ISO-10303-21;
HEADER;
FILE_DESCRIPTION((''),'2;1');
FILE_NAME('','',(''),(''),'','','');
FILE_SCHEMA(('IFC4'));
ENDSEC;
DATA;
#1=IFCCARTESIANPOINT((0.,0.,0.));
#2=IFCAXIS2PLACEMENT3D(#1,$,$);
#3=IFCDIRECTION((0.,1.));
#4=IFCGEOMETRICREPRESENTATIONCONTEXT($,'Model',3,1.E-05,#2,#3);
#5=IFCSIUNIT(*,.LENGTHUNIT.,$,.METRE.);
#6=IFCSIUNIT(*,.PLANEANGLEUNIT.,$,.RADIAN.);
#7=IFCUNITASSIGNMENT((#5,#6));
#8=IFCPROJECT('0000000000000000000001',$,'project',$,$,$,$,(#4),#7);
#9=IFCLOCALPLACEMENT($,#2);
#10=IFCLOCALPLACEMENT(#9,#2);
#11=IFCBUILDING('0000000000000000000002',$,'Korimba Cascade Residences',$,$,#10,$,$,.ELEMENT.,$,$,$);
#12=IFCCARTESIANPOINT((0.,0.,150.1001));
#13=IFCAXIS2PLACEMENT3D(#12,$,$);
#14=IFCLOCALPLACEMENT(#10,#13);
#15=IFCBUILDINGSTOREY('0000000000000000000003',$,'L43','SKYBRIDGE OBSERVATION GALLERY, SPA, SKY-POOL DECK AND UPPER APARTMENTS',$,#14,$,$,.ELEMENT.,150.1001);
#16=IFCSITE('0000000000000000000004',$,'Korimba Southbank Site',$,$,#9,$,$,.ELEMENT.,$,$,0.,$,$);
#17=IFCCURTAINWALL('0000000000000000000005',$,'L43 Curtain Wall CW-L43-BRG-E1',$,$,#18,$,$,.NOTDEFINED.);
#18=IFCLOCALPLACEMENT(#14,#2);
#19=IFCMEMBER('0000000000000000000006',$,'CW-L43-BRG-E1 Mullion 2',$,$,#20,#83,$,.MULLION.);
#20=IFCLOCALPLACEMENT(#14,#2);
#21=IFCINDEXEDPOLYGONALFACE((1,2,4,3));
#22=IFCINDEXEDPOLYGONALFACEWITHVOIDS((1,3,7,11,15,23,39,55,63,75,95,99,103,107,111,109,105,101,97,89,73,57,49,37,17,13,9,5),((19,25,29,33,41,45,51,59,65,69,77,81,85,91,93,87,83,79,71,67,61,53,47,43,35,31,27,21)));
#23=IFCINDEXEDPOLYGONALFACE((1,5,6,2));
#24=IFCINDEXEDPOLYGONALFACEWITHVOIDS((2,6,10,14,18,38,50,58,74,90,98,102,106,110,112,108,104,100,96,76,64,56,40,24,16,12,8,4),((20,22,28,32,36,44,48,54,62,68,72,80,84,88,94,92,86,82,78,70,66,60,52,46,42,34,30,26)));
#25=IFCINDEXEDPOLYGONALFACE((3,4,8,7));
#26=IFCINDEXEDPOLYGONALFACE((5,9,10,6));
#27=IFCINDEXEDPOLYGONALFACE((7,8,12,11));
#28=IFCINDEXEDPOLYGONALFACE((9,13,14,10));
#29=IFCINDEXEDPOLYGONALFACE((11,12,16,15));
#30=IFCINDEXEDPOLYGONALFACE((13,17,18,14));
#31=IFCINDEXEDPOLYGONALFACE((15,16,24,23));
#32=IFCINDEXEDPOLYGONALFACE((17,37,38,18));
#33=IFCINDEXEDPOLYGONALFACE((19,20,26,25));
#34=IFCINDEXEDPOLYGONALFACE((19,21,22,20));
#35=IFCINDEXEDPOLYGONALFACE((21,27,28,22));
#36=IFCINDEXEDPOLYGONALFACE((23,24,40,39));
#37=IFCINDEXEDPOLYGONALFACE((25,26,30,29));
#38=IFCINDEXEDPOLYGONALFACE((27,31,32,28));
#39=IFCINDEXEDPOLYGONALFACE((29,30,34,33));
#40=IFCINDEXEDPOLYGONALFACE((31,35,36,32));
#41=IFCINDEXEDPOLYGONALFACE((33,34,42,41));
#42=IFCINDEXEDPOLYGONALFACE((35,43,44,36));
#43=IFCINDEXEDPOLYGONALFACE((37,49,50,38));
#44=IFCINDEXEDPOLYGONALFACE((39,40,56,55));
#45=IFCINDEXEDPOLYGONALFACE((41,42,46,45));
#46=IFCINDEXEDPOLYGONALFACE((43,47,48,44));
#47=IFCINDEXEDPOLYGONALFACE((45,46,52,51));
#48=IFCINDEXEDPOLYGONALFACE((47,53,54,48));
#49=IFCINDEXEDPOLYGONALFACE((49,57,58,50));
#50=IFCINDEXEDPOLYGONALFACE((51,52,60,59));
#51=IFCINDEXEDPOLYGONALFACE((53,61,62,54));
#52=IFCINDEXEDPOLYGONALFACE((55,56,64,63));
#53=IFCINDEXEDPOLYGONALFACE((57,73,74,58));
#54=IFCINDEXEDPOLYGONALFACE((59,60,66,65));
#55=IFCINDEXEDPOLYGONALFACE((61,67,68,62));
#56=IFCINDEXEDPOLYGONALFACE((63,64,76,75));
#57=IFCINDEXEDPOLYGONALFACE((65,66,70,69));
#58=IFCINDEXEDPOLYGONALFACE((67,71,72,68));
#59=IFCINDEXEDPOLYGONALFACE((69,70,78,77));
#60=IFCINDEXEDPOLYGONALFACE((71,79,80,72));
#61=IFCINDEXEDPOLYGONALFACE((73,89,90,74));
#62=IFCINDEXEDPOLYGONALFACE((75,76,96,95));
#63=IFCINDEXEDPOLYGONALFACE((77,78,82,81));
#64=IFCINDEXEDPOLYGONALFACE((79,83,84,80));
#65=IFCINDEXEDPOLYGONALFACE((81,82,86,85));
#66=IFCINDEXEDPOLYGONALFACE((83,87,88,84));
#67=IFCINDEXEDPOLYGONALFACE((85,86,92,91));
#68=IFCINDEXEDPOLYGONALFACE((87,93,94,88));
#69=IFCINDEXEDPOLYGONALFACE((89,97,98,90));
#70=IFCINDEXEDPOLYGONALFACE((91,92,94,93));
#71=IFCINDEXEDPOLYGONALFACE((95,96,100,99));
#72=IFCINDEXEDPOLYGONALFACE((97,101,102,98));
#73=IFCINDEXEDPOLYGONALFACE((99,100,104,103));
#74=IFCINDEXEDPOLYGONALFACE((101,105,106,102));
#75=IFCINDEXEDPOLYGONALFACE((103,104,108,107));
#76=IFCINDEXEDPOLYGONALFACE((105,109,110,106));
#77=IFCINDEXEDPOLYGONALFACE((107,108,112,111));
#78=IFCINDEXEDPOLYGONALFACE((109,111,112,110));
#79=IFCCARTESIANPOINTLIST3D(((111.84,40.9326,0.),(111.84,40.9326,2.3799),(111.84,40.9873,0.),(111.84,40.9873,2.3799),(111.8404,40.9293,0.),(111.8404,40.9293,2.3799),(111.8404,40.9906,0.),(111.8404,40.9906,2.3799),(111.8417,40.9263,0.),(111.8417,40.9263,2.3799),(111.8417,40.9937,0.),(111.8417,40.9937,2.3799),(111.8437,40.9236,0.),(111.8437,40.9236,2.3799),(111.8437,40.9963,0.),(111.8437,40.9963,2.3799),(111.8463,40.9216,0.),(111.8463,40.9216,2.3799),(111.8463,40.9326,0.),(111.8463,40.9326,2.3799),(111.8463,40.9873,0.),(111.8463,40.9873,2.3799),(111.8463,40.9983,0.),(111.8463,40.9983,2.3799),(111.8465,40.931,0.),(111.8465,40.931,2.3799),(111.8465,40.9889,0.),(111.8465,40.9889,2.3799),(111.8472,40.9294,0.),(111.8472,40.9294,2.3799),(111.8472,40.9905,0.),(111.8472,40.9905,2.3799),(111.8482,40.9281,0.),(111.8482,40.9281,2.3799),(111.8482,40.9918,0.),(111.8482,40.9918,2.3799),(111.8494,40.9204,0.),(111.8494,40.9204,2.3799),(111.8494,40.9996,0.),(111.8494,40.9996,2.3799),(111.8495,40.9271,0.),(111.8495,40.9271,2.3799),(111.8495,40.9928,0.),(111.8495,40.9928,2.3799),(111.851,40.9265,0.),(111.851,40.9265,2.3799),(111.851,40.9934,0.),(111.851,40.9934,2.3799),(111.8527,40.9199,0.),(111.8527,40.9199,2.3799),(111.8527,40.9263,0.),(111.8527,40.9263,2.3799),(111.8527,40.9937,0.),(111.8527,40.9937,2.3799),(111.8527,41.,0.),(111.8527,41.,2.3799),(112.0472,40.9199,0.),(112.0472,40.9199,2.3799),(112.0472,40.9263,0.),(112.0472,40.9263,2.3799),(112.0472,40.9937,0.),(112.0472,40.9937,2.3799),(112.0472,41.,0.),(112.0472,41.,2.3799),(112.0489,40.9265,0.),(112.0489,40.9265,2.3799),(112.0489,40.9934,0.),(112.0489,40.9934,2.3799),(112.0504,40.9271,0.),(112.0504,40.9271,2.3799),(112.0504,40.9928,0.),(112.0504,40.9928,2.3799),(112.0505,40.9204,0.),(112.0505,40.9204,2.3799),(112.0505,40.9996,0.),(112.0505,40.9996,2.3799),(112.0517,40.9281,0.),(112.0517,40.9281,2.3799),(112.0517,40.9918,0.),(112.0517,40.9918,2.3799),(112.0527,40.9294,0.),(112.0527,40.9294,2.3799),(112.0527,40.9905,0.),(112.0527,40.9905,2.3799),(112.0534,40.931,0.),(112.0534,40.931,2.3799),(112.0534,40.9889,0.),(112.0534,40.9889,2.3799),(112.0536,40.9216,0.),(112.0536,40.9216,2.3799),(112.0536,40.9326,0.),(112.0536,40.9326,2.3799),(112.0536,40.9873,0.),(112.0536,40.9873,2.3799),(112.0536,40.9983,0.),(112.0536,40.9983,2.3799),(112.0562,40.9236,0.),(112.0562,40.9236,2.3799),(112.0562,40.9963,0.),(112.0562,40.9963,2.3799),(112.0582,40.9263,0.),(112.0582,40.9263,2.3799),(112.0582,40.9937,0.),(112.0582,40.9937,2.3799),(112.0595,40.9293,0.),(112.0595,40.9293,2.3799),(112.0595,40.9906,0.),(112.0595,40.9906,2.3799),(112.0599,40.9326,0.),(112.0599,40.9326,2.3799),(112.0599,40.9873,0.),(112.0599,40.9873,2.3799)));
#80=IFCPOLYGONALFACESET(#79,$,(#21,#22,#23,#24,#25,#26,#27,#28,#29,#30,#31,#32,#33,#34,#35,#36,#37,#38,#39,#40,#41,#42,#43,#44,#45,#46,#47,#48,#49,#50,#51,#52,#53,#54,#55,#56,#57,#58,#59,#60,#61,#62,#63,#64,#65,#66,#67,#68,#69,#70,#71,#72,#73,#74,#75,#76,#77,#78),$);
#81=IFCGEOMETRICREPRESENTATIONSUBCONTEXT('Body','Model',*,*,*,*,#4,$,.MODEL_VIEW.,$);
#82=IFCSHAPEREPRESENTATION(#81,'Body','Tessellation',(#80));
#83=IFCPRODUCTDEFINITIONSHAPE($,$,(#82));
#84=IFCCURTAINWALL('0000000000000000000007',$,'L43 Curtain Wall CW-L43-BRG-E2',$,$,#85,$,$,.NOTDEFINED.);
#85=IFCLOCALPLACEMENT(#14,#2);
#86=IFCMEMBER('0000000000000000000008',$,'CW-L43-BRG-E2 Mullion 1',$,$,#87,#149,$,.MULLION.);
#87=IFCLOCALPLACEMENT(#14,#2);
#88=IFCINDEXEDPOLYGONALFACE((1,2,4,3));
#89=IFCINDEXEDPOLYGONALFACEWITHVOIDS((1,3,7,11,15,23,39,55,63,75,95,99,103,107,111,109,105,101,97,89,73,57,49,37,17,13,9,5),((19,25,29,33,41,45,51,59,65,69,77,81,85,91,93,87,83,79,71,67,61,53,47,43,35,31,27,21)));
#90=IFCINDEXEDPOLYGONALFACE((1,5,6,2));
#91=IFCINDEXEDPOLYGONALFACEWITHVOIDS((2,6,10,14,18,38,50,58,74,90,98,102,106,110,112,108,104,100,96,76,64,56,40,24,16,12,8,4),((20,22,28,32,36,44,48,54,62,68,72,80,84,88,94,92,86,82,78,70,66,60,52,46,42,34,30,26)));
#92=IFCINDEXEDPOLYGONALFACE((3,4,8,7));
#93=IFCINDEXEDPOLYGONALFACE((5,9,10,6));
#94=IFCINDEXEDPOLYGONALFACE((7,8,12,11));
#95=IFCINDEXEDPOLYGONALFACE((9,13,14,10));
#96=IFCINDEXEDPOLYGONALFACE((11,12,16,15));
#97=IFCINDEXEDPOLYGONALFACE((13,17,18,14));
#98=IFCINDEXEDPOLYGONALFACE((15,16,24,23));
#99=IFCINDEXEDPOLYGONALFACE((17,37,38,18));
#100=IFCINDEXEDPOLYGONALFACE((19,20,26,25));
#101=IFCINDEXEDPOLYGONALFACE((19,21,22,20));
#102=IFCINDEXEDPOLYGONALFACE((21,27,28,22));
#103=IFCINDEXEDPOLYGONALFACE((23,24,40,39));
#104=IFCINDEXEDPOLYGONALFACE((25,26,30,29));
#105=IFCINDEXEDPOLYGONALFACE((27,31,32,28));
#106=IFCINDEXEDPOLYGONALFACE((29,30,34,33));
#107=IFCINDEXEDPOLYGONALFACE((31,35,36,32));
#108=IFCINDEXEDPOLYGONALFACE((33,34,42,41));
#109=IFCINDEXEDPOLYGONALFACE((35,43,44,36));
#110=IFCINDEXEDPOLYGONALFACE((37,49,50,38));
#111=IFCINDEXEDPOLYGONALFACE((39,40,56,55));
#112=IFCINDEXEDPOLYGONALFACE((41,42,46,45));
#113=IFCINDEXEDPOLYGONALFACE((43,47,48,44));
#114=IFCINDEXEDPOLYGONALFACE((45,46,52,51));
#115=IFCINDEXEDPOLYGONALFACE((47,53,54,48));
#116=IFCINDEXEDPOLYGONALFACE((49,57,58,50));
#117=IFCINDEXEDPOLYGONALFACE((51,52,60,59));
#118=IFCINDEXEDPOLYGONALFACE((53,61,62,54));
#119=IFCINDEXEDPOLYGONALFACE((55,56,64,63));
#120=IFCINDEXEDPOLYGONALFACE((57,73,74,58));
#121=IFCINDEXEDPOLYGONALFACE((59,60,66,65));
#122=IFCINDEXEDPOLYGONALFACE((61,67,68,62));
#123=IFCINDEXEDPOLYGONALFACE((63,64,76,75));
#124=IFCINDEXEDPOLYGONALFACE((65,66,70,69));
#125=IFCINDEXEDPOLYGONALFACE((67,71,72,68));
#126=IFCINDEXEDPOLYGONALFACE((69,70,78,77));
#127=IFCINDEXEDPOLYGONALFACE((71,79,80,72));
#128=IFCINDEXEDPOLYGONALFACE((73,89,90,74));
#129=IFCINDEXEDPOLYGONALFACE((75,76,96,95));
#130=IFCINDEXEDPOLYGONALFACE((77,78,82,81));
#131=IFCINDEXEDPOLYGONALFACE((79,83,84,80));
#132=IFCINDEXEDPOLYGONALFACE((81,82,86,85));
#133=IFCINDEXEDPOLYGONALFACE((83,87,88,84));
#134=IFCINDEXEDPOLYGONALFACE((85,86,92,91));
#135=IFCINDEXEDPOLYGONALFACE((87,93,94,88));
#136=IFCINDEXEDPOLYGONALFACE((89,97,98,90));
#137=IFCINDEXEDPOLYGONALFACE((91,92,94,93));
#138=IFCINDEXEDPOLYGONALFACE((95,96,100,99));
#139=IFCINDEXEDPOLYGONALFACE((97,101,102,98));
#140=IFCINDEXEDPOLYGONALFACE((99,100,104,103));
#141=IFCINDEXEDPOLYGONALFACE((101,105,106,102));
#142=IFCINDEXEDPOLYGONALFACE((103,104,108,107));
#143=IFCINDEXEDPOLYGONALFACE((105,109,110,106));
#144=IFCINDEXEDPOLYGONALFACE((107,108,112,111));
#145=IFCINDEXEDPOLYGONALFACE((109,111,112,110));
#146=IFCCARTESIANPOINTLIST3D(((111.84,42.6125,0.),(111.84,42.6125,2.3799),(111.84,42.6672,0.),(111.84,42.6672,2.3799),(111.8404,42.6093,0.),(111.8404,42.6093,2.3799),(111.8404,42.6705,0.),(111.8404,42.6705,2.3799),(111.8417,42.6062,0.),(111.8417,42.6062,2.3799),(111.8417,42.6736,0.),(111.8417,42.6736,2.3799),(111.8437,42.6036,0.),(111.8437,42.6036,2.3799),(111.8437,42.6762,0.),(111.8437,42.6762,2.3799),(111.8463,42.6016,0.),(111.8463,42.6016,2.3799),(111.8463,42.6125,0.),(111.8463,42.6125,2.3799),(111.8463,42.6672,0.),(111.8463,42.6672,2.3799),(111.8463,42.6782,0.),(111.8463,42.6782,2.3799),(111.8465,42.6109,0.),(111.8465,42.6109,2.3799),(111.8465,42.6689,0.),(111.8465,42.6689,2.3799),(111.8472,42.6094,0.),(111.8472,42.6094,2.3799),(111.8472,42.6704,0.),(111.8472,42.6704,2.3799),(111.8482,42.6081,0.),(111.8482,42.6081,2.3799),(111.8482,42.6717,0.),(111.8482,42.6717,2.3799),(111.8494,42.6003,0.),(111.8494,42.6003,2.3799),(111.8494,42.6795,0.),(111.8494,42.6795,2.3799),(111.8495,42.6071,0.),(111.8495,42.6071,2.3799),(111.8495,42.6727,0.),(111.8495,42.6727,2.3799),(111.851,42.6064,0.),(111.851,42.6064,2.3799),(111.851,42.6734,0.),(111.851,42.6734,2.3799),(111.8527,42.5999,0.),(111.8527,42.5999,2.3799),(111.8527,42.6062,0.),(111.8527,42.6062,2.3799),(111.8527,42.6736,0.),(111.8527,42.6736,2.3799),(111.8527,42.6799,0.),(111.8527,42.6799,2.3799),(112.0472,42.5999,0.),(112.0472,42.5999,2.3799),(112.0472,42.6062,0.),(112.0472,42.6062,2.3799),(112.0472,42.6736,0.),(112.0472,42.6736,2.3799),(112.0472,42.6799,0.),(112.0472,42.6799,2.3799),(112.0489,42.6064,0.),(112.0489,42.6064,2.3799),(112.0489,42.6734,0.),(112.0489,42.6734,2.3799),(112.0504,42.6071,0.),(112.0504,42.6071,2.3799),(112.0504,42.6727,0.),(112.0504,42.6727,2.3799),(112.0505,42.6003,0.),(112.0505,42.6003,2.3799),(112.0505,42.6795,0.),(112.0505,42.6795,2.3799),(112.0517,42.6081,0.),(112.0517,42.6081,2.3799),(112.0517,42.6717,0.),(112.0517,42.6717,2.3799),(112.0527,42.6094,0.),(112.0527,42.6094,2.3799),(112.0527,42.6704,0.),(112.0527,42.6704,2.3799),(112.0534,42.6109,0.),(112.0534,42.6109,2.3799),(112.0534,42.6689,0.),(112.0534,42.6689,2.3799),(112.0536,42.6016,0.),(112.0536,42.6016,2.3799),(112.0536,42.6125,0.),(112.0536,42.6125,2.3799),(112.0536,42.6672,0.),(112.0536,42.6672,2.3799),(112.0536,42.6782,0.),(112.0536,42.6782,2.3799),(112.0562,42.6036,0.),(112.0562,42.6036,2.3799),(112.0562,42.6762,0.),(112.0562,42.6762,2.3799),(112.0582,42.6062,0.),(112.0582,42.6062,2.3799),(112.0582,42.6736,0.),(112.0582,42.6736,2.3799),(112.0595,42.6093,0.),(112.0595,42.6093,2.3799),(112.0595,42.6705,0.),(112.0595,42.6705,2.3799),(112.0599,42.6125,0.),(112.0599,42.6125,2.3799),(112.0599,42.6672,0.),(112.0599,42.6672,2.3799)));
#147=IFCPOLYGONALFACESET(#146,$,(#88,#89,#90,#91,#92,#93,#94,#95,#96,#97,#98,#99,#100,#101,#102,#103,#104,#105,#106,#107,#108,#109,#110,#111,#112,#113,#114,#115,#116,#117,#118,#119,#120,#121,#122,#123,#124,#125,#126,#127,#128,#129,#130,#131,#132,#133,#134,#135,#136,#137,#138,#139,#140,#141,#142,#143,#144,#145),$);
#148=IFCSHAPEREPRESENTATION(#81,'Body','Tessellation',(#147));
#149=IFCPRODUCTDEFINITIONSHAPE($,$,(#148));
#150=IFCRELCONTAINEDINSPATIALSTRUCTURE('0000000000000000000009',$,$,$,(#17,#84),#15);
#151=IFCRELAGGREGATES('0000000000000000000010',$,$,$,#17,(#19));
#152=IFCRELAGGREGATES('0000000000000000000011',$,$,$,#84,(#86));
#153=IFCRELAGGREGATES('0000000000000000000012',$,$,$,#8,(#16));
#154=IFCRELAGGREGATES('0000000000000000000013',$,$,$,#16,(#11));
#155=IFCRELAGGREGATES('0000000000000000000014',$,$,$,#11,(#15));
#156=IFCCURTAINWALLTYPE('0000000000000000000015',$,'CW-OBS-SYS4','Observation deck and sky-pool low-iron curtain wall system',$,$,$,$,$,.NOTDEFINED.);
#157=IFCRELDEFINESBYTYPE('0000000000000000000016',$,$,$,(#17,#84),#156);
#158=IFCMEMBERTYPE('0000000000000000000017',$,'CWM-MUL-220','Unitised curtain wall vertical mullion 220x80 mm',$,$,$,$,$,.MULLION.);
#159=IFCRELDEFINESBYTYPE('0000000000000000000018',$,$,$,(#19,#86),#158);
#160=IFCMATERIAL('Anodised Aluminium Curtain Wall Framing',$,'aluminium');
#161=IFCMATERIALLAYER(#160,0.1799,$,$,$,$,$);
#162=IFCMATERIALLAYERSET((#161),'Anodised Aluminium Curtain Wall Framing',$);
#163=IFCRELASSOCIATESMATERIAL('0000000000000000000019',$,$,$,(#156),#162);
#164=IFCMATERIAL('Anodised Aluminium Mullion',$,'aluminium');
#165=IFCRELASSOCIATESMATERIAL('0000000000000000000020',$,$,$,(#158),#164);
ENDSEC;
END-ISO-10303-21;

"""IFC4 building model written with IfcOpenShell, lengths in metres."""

from ifc_helpers import new_model, si_unit, direction, frame, origin, origin_2d, place, context, subcontext, project, spatial, hollow_rectangle, extrude, material, layer, layer_set, material_profile, profile_set, type_object, element, aggregate, save


model = new_model("IFC4")

# Units and contexts
model_context = context("Model", 3, precision=1e-05, world=origin(), true_north=direction((0.0, 1.0)))
body_context = subcontext(model_context, "Body", "Model", "MODEL_VIEW")
ifc_project = project(units=[si_unit("LENGTHUNIT", "METRE"), si_unit("PLANEANGLEUNIT", "RADIAN")], contexts=[model_context])

# Site, building, storey
site_placement = place(None, origin())
site = spatial("IfcSite", under=ifc_project, at=site_placement, Name="Korimba Southbank Site", CompositionType="ELEMENT", RefElevation=0.0)
building_placement = place(site_placement, origin())
building = spatial("IfcBuilding", under=site, at=building_placement, Name="Korimba Cascade Residences", CompositionType="ELEMENT")
storey_placement = place(building_placement, frame((0.0, 0.0, 150.1001)))
storey = spatial("IfcBuildingStorey", under=building, at=storey_placement, Name="L43", Description="SKYBRIDGE OBSERVATION GALLERY, SPA, SKY-POOL DECK AND UPPER APARTMENTS", CompositionType="ELEMENT", Elevation=150.1001)

# Curtain wall, member
ifc_material_1 = material(Name="Anodised Aluminium Curtain Wall Framing", Category="aluminium")
ifc_layer_1 = layer(ifc_material_1, 0.1799)
ifc_layer_set_1 = layer_set([ifc_layer_1], Name="Anodised Aluminium Curtain Wall Framing")
curtain_wall_type = type_object("IfcCurtainWallType", Name="CW-OBS-SYS4", Description="Observation deck and sky-pool low-iron curtain wall system", PredefinedType="NOTDEFINED", material=ifc_layer_set_1)
curtain_wall_1_placement = place(storey_placement, origin())
curtain_wall_1 = element("IfcCurtainWall", 1, at=curtain_wall_1_placement, inside=storey, type_object=curtain_wall_type, Name="L43 Curtain Wall CW-L43-BRG-E1", PredefinedType="NOTDEFINED")
ifc_material_2 = material(Name="Anodised Aluminium Mullion", Category="aluminium")
ifc_material_profile_1 = material_profile(ifc_material_2, hollow_rectangle(XDim=0.0801, YDim=0.22, WallThickness=0.0063, InnerFilletRadius=0.0063, OuterFilletRadius=0.0127, at=origin_2d()), Name="Anodised Aluminium Mullion")
ifc_profile_set_1 = profile_set([ifc_material_profile_1], Name="Anodised Aluminium Mullion")
member_type_1 = type_object("IfcMemberType", Name="CWM-MUL-220", Description="Unitised curtain wall vertical mullion 220x80 mm", PredefinedType="MULLION", material=ifc_profile_set_1)
member_1_placement = place(storey_placement, frame((111.95, 40.96, 0.0), z_axis=(0.0, 0.0, 1.0), x_axis=(0.0, 1.0, 0.0)))
member_1 = element("IfcMember", 2, at=member_1_placement, type_object=member_type_1, Name="CW-L43-BRG-E1 Mullion 2", PredefinedType="MULLION", context=body_context, shape_type="SweptSolid", body=[
    extrude(hollow_rectangle(XDim=0.0801, YDim=0.22, WallThickness=0.0063, InnerFilletRadius=0.0063, OuterFilletRadius=0.0127, at=origin_2d()), origin(), (0.0, 0.0, 1.0), 2.3799),
])
aggregate(curtain_wall_1, [member_1])

# Curtain wall, member
curtain_wall_2_placement = place(storey_placement, origin())
curtain_wall_2 = element("IfcCurtainWall", 3, at=curtain_wall_2_placement, inside=storey, type_object=curtain_wall_type, Name="L43 Curtain Wall CW-L43-BRG-E2", PredefinedType="NOTDEFINED")
member_2_placement = place(storey_placement, frame((111.95, 42.6399, 0.0), z_axis=(0.0, 0.0, 1.0), x_axis=(0.0, 1.0, 0.0)))
member_2 = element("IfcMember", 4, at=member_2_placement, type_object=member_type_1, Name="CW-L43-BRG-E2 Mullion 1", PredefinedType="MULLION", context=body_context, shape_type="SweptSolid", body=[
    extrude(hollow_rectangle(XDim=0.0801, YDim=0.22, WallThickness=0.0063, InnerFilletRadius=0.0063, OuterFilletRadius=0.0127, at=origin_2d()), origin(), (0.0, 0.0, 1.0), 2.3799),
])

aggregate(curtain_wall_2, [member_2])

save(model, "model.ifc")
